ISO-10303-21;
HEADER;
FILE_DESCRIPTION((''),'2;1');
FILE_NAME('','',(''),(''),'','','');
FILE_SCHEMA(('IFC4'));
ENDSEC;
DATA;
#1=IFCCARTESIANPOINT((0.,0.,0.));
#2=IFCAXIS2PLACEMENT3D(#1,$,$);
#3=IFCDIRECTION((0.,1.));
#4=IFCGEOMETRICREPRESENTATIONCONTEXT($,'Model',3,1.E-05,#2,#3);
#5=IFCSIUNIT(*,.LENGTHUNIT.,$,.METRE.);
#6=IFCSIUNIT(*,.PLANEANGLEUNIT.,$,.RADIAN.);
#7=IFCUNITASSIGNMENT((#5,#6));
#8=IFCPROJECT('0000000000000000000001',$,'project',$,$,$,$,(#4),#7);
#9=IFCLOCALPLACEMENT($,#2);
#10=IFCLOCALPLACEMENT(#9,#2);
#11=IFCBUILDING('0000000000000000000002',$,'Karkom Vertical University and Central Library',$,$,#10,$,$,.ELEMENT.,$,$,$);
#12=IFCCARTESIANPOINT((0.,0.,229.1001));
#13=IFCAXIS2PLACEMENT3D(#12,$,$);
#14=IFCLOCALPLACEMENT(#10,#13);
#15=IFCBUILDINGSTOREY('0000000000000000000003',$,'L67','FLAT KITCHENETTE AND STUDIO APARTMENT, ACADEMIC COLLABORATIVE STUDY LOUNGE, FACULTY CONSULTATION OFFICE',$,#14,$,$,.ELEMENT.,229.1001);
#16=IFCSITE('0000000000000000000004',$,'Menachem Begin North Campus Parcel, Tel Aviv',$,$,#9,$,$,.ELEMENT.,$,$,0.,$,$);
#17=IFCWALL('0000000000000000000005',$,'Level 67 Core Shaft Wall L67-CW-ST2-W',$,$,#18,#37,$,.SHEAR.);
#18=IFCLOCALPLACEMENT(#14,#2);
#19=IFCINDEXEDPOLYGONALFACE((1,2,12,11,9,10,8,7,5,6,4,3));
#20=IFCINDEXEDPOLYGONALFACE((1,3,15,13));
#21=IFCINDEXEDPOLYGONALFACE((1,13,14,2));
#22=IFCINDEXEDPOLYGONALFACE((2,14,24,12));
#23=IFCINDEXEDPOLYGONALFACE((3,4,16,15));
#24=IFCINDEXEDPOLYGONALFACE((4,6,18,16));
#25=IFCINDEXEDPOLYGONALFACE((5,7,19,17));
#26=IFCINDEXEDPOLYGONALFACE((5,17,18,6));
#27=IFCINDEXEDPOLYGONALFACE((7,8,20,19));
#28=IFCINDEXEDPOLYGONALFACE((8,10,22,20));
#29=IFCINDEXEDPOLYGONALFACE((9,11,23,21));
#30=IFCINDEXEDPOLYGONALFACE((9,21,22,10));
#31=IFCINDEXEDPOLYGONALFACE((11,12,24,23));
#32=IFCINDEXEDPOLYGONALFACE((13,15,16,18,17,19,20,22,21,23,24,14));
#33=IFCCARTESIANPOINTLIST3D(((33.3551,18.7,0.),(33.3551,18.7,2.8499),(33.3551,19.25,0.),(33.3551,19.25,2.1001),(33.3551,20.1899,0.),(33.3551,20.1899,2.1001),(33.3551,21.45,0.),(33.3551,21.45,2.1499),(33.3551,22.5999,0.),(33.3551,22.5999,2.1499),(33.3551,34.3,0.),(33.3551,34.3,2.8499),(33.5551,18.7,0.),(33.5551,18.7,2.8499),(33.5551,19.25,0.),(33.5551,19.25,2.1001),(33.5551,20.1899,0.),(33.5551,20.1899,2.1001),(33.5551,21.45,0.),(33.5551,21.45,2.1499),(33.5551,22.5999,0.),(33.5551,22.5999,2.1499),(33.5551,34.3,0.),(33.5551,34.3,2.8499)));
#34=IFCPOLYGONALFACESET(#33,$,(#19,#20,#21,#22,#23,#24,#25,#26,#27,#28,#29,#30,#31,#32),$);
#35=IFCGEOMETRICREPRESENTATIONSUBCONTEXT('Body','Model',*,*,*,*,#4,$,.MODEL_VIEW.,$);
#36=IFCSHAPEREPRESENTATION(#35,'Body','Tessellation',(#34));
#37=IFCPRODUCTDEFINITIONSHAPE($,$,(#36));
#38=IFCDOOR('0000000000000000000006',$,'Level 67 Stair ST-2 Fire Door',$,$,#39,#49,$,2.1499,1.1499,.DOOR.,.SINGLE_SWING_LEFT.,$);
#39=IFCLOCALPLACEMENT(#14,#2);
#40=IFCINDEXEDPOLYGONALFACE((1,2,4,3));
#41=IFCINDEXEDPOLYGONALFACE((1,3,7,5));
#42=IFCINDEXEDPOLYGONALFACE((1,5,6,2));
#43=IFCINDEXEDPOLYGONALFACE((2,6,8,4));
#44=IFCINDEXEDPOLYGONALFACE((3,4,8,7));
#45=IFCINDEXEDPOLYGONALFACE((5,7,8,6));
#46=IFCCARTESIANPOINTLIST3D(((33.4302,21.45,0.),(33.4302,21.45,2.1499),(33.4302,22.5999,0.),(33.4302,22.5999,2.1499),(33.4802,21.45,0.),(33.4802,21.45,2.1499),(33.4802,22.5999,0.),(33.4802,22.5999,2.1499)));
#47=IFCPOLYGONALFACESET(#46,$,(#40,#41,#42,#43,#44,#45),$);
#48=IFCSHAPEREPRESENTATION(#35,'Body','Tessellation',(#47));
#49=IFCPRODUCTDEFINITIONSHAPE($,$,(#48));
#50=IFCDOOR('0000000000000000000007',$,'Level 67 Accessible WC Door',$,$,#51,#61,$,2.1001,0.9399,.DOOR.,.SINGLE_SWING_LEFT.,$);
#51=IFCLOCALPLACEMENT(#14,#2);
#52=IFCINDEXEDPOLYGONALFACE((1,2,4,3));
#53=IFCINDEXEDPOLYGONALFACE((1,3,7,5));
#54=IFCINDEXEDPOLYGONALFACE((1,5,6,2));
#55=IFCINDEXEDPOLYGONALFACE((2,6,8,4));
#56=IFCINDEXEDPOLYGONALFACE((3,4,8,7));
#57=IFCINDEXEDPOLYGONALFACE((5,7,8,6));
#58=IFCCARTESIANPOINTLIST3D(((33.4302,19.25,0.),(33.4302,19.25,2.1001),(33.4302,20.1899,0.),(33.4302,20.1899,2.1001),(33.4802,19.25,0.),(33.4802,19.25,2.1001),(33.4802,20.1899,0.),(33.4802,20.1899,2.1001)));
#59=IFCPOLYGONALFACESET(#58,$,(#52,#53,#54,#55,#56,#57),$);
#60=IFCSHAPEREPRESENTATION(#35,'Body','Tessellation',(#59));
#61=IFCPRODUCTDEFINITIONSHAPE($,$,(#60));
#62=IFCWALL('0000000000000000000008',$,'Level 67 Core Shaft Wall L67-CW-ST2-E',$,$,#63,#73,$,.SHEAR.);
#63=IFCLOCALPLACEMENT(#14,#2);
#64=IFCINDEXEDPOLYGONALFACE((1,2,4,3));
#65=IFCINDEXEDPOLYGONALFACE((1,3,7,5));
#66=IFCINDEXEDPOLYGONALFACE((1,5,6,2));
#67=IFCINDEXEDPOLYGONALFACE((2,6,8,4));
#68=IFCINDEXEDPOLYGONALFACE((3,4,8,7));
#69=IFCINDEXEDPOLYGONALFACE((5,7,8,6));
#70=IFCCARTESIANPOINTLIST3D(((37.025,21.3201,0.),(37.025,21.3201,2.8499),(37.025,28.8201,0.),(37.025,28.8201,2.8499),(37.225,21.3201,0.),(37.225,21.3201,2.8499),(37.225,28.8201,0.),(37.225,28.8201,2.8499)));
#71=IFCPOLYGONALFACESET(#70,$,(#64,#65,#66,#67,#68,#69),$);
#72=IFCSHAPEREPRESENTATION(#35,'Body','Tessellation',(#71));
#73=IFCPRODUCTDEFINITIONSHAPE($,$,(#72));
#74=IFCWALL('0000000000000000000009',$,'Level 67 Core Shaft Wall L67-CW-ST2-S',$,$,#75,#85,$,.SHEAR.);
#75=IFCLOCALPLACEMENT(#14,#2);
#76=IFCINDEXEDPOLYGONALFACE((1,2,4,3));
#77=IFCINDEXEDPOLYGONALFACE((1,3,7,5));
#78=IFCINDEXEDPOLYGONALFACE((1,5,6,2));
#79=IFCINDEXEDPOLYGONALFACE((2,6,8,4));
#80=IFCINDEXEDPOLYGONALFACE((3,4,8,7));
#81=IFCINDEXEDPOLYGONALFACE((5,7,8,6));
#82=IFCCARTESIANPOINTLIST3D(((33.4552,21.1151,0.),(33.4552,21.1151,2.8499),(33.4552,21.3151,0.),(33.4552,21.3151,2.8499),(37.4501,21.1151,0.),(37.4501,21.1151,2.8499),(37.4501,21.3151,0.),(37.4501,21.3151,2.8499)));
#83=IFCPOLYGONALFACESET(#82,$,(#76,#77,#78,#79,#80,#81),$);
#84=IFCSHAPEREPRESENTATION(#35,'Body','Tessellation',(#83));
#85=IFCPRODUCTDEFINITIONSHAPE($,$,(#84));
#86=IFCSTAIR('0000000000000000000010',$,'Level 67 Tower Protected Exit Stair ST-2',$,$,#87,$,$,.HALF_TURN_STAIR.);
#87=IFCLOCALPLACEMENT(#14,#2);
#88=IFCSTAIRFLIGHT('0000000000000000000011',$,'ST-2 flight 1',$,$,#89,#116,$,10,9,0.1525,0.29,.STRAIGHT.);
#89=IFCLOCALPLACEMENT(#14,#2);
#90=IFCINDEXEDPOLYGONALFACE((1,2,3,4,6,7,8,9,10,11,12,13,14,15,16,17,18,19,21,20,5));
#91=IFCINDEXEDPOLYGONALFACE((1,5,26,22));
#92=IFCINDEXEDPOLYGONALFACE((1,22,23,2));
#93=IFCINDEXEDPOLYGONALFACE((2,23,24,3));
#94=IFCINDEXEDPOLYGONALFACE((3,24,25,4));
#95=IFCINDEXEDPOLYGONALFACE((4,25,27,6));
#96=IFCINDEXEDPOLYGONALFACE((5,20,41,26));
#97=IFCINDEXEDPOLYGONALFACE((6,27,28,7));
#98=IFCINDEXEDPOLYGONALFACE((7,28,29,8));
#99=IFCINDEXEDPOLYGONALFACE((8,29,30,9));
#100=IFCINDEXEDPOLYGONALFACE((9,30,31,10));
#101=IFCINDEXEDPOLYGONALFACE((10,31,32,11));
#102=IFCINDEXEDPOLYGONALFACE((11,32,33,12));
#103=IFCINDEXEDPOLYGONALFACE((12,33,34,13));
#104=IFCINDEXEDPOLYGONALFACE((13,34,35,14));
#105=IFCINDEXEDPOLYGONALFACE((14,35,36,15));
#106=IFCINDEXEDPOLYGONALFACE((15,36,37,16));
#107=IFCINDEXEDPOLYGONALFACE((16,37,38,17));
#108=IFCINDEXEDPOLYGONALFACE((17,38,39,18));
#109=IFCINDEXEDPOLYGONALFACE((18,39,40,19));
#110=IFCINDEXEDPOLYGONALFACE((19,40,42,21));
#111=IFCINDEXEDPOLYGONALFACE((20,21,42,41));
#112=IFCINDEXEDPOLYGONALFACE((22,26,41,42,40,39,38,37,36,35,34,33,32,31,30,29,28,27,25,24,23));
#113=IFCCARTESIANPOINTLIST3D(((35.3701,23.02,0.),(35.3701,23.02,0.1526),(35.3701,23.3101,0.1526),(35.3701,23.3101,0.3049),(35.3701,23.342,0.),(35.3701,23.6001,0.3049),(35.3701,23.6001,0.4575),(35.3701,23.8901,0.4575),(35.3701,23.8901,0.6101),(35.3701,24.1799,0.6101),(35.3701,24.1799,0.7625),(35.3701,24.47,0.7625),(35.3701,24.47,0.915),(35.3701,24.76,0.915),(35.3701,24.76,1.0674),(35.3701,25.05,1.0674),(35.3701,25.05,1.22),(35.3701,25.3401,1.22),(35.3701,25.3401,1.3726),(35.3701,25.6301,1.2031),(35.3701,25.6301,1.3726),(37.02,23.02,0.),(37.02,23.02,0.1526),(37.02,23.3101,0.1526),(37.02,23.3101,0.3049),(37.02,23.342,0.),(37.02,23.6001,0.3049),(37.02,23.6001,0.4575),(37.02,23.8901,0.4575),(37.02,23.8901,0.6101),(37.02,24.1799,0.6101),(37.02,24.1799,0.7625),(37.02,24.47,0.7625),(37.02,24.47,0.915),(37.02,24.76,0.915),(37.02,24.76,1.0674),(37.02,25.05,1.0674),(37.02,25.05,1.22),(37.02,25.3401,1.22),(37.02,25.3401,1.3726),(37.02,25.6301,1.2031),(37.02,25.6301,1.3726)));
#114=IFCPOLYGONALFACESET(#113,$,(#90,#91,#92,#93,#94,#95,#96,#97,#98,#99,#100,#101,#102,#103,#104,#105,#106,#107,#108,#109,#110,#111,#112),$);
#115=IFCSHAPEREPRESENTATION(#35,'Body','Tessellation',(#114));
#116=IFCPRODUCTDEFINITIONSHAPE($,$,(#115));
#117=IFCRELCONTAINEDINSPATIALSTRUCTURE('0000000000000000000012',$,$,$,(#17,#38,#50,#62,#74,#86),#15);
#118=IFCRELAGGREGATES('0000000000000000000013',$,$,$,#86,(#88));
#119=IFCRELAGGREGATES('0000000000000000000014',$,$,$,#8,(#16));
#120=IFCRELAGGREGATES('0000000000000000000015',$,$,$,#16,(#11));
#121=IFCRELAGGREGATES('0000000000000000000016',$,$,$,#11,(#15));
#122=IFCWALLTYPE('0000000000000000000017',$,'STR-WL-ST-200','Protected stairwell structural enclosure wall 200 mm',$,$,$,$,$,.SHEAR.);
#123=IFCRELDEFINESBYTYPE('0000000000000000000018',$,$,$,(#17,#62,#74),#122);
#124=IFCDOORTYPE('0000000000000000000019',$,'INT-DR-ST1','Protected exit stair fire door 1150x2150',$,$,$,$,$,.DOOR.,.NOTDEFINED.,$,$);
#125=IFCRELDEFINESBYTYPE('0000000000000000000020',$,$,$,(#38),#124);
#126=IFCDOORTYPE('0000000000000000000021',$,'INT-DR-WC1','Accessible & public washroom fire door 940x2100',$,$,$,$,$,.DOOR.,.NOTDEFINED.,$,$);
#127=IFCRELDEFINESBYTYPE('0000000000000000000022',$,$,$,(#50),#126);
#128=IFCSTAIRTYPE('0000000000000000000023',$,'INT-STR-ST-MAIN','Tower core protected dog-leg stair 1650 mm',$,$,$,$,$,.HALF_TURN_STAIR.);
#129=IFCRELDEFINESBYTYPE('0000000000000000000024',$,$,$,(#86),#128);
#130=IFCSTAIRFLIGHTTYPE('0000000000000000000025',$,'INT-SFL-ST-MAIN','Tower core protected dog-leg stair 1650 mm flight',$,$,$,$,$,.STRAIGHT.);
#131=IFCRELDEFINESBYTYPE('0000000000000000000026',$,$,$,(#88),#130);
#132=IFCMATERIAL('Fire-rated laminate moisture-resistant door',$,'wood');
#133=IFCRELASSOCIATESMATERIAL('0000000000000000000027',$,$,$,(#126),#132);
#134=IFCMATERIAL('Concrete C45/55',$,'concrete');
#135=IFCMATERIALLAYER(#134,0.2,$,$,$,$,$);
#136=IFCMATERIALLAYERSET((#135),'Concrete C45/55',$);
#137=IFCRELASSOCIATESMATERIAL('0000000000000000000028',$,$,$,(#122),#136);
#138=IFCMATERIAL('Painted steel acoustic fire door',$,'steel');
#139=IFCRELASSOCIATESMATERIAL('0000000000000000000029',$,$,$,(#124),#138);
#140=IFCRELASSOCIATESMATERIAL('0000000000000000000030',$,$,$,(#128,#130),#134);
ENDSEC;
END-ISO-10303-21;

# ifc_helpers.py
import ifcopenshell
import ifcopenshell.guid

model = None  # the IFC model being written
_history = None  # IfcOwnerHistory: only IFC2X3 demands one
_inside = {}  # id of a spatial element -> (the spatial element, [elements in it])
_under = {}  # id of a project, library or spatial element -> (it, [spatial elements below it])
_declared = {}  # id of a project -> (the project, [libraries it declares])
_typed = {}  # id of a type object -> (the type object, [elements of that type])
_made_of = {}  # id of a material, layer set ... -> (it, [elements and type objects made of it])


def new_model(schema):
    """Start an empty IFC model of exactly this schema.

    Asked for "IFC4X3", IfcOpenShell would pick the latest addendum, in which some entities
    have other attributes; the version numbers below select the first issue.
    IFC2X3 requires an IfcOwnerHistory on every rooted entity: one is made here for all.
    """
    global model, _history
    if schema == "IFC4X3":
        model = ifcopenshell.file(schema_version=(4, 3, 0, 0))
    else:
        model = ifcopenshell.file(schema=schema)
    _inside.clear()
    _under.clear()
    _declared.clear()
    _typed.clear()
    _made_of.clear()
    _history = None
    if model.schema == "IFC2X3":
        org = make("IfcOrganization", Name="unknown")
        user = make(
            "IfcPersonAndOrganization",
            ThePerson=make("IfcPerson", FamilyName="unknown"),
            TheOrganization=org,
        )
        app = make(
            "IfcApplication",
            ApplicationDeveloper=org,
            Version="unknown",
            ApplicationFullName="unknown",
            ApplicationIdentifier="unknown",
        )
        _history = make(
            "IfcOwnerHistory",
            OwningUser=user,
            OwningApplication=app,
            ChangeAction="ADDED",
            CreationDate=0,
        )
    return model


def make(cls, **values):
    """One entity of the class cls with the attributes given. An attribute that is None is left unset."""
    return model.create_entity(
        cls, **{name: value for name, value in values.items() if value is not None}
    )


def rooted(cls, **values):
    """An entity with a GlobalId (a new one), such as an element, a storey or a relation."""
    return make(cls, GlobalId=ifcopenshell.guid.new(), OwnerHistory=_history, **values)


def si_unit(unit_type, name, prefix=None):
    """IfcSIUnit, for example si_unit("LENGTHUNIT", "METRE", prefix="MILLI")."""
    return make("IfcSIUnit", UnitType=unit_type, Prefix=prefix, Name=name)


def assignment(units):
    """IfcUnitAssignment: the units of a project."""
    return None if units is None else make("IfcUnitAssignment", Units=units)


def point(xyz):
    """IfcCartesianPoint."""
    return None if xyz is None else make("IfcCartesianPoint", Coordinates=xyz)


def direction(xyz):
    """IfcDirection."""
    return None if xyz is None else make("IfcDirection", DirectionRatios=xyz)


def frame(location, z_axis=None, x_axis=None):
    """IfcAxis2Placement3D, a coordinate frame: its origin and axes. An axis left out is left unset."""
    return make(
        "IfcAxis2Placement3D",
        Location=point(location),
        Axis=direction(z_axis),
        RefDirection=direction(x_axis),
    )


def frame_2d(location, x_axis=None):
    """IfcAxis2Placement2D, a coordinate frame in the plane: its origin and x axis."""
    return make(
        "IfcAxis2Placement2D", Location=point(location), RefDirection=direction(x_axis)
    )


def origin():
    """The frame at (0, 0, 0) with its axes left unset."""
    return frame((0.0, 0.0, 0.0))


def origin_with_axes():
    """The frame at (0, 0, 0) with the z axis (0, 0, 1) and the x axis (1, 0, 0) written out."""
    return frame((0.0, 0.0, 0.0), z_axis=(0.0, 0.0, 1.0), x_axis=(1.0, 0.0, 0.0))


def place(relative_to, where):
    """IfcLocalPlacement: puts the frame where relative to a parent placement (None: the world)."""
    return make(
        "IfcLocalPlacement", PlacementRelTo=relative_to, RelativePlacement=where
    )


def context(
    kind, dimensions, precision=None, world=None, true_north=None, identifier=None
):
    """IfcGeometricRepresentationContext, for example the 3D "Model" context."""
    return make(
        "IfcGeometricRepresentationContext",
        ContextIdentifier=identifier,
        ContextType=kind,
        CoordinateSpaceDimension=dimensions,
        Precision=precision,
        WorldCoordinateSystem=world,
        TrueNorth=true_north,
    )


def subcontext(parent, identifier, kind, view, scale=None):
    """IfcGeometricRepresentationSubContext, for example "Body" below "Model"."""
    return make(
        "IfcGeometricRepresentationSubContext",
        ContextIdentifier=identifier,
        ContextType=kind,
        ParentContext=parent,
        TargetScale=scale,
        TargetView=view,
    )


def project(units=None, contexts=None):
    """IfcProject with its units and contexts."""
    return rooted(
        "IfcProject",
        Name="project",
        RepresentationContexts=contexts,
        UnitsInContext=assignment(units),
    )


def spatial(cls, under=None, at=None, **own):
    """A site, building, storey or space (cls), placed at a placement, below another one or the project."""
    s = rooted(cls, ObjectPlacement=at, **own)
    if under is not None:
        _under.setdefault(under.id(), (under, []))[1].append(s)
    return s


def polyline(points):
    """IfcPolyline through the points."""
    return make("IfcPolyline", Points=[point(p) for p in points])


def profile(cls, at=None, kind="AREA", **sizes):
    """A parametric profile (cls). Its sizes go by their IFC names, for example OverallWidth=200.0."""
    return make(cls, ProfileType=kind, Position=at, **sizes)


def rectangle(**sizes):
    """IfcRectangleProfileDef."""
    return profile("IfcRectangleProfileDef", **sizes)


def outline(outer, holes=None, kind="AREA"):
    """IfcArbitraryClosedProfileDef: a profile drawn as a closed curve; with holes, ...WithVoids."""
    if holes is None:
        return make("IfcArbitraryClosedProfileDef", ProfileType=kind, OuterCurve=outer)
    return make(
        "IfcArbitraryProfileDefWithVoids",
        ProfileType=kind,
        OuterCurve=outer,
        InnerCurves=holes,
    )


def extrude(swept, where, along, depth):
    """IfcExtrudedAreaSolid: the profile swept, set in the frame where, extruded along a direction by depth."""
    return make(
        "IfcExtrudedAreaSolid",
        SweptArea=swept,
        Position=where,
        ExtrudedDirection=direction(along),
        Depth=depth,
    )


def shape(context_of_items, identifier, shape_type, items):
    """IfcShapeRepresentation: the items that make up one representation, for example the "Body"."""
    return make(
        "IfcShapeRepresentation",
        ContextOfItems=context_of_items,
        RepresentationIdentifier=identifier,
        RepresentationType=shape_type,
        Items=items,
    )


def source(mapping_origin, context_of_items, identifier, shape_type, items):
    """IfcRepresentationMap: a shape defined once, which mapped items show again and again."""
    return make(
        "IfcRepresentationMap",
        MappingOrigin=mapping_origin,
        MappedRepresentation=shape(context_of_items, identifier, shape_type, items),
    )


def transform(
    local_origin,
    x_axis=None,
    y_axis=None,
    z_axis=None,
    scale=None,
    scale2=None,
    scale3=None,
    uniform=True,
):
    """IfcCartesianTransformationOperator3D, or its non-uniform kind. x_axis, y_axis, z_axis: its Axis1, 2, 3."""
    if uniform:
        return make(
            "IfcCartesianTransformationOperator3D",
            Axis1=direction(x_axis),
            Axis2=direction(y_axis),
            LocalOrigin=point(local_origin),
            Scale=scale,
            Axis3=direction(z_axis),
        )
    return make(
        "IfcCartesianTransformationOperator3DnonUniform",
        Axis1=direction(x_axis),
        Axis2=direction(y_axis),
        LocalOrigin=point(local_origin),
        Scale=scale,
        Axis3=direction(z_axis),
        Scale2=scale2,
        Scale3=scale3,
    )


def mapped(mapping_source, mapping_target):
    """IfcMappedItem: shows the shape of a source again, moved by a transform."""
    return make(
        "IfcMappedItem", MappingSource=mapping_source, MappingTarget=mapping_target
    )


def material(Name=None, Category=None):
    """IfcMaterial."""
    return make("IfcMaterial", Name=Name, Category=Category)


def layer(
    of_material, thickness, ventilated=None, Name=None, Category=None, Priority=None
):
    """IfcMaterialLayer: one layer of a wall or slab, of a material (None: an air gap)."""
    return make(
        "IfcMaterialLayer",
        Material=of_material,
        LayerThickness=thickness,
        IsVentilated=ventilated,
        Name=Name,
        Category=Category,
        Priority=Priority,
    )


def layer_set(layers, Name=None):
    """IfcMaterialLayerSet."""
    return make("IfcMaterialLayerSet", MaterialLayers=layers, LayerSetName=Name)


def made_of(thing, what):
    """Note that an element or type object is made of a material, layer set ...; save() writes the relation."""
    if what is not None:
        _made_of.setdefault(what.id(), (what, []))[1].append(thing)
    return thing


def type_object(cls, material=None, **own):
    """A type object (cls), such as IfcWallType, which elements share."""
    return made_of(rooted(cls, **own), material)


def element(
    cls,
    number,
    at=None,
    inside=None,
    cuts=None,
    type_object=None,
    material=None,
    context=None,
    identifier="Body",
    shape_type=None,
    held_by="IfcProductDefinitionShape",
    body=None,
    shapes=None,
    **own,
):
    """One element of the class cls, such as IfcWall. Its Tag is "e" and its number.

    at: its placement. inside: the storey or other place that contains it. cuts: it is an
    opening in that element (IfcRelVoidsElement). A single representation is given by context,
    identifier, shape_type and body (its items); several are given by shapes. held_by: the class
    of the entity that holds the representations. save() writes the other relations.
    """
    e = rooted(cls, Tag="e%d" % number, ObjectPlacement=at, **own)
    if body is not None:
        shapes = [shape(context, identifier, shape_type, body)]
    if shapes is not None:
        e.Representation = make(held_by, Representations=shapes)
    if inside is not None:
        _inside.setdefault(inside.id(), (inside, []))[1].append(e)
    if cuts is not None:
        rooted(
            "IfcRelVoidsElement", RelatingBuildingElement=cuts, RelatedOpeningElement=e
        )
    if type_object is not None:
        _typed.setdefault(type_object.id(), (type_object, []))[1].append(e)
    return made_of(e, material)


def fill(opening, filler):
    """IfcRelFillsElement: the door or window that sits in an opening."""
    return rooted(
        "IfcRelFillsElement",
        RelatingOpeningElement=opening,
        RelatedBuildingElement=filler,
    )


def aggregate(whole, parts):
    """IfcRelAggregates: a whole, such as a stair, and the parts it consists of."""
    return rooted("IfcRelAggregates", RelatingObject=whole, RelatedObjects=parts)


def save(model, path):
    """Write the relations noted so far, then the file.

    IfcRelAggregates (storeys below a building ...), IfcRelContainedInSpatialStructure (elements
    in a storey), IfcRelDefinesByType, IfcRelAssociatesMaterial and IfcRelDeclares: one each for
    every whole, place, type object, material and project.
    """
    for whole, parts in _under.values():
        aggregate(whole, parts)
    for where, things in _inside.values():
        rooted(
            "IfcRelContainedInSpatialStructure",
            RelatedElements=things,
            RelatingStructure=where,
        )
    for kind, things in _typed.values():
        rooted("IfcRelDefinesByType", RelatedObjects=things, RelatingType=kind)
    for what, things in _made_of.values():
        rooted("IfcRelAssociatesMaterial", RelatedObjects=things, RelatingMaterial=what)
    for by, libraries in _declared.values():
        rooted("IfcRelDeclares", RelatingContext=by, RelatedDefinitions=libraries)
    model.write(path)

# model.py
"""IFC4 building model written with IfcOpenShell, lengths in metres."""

from ifc_helpers import new_model, si_unit, direction, frame, frame_2d, origin, origin_with_axes, place, context, subcontext, project, spatial, polyline, rectangle, outline, extrude, source, transform, mapped, material, layer, layer_set, type_object, element, fill, aggregate, save


model = new_model("IFC4")

# Units and contexts
model_context = context("Model", 3, precision=1e-05, world=origin(), true_north=direction((0.0, 1.0)))
body_context = subcontext(model_context, "Body", "Model", "MODEL_VIEW")
ifc_project = project(units=[si_unit("LENGTHUNIT", "METRE"), si_unit("PLANEANGLEUNIT", "RADIAN")], contexts=[model_context])

# Site, building, storey
site_placement = place(None, origin())
site = spatial("IfcSite", under=ifc_project, at=site_placement, Name="Menachem Begin North Campus Parcel, Tel Aviv", CompositionType="ELEMENT", RefElevation=0.0)
building_placement = place(site_placement, origin())
building = spatial("IfcBuilding", under=site, at=building_placement, Name="Karkom Vertical University and Central Library", CompositionType="ELEMENT")
storey_placement = place(building_placement, frame((0.0, 0.0, 229.1001)))
storey = spatial("IfcBuildingStorey", under=building, at=storey_placement, Name="L67", Description="FLAT KITCHENETTE AND STUDIO APARTMENT, ACADEMIC COLLABORATIVE STUDY LOUNGE, FACULTY CONSULTATION OFFICE", CompositionType="ELEMENT", Elevation=229.1001)

# Shared definitions
ifc_material_1 = material(Name="Concrete C45/55", Category="concrete")

# Shared definitions
ifc_material_2 = material(Name="Fire-rated laminate moisture-resistant door", Category="wood")
door_type_1 = type_object("IfcDoorType", Name="INT-DR-WC1", Description="Accessible & public washroom fire door 940x2100", OperationType="NOTDEFINED", PredefinedType="DOOR", material=ifc_material_2)
shared_shape_1 = source(origin_with_axes(), body_context, "Body", "SweptSolid", [
    extrude(rectangle(XDim=0.9399, YDim=2.1001, at=frame_2d((0.47, 1.05))), frame((0.0, 0.0249, 0.0), z_axis=(0.0, -1.0, 0.0), x_axis=(1.0, 0.0, 0.0)), (0.0, 0.0, 1.0), 0.05),
])

# Wall, openings, doors
ifc_layer_1 = layer(ifc_material_1, 0.2)
ifc_layer_set_1 = layer_set([ifc_layer_1], Name="Concrete C45/55")
wall_type_1 = type_object("IfcWallType", Name="STR-WL-ST-200", Description="Protected stairwell structural enclosure wall 200 mm", PredefinedType="SHEAR", material=ifc_layer_set_1)
wall_1_placement = place(storey_placement, frame((33.4551, 18.7, 0.0), z_axis=(0.0, 0.0, 1.0), x_axis=(0.0, 1.0, 0.0)))
wall_1 = element("IfcWall", 1, at=wall_1_placement, inside=storey, type_object=wall_type_1, Name="Level 67 Core Shaft Wall L67-CW-ST2-W", PredefinedType="SHEAR", context=body_context, shape_type="SweptSolid", body=[
    extrude(rectangle(XDim=15.6001, YDim=0.2, at=frame_2d((7.8, 0.0))), origin(), (0.0, 0.0, 1.0), 2.8499),
])
opening_1_placement = place(wall_1_placement, frame((2.75, 0.0, 0.0)))
opening_1 = element("IfcOpeningElement", 2, at=opening_1_placement, cuts=wall_1, PredefinedType="OPENING", context=body_context, shape_type="SweptSolid", body=[
    extrude(rectangle(XDim=1.1499, YDim=2.1499, at=frame_2d((0.575, 1.075))), frame((0.0, 0.1099, 0.0), z_axis=(0.0, -1.0, 0.0), x_axis=(1.0, 0.0, 0.0)), (0.0, 0.0, 1.0), 0.22),
])
opening_2_placement = place(wall_1_placement, frame((0.55, 0.0, 0.0)))
opening_2 = element("IfcOpeningElement", 3, at=opening_2_placement, cuts=wall_1, PredefinedType="OPENING", context=body_context, shape_type="SweptSolid", body=[
    extrude(rectangle(XDim=0.9399, YDim=2.1001, at=frame_2d((0.47, 1.05))), frame((0.0, 0.1099, 0.0), z_axis=(0.0, -1.0, 0.0), x_axis=(1.0, 0.0, 0.0)), (0.0, 0.0, 1.0), 0.22),
])
ifc_material_3 = material(Name="Painted steel acoustic fire door", Category="steel")
door_type_2 = type_object("IfcDoorType", Name="INT-DR-ST1", Description="Protected exit stair fire door 1150x2150", OperationType="NOTDEFINED", PredefinedType="DOOR", material=ifc_material_3)
shared_shape_2 = source(origin_with_axes(), body_context, "Body", "SweptSolid", [
    extrude(rectangle(XDim=1.1499, YDim=2.1499, at=frame_2d((0.575, 1.075))), frame((0.0, 0.0249, 0.0), z_axis=(0.0, -1.0, 0.0), x_axis=(1.0, 0.0, 0.0)), (0.0, 0.0, 1.0), 0.05),
])
door_1_placement = place(opening_1_placement, origin())
door_1 = element("IfcDoor", 4, at=door_1_placement, inside=storey, type_object=door_type_2, Name="Level 67 Stair ST-2 Fire Door", OperationType="SINGLE_SWING_LEFT", OverallHeight=2.1499, OverallWidth=1.1499, PredefinedType="DOOR", context=body_context, shape_type="MappedRepresentation", body=[
    mapped(shared_shape_2, transform((0.0, 0.0, 0.0), scale=1.0)),
])
fill(opening_1, door_1)
door_2_placement = place(opening_2_placement, origin())
door_2 = element("IfcDoor", 5, at=door_2_placement, inside=storey, type_object=door_type_1, Name="Level 67 Accessible WC Door", OperationType="SINGLE_SWING_LEFT", OverallHeight=2.1001, OverallWidth=0.9399, PredefinedType="DOOR", context=body_context, shape_type="MappedRepresentation", body=[
    mapped(shared_shape_1, transform((0.0, 0.0, 0.0), scale=1.0)),
])
fill(opening_2, door_2)

# Walls
wall_2_placement = place(storey_placement, frame((37.125, 21.3201, 0.0), z_axis=(0.0, 0.0, 1.0), x_axis=(0.0, 1.0, 0.0)))
element("IfcWall", 6, at=wall_2_placement, inside=storey, type_object=wall_type_1, Name="Level 67 Core Shaft Wall L67-CW-ST2-E", PredefinedType="SHEAR", context=body_context, shape_type="SweptSolid", body=[
    extrude(rectangle(XDim=7.5, YDim=0.2, at=frame_2d((3.75, 0.0))), origin(), (0.0, 0.0, 1.0), 2.8499),
])
wall_3_placement = place(storey_placement, frame((33.4551, 21.2151, 0.0), z_axis=(0.0, 0.0, 1.0), x_axis=(1.0, 0.0, 0.0)))
element("IfcWall", 7, at=wall_3_placement, inside=storey, type_object=wall_type_1, Name="Level 67 Core Shaft Wall L67-CW-ST2-S", PredefinedType="SHEAR", context=body_context, shape_type="SweptSolid", body=[
    extrude(rectangle(XDim=3.9949, YDim=0.2, at=frame_2d((1.9976, 0.0))), origin(), (0.0, 0.0, 1.0), 2.8499),
])

# Stair, stair flight
stair_type = type_object("IfcStairType", Name="INT-STR-ST-MAIN", Description="Tower core protected dog-leg stair 1650 mm", PredefinedType="HALF_TURN_STAIR", material=ifc_material_1)
stair_placement = place(storey_placement, origin())
stair = element("IfcStair", 8, at=stair_placement, inside=storey, type_object=stair_type, Name="Level 67 Tower Protected Exit Stair ST-2", PredefinedType="HALF_TURN_STAIR")
stair_flight_type = type_object("IfcStairFlightType", Name="INT-SFL-ST-MAIN", Description="Tower core protected dog-leg stair 1650 mm flight", PredefinedType="STRAIGHT", material=ifc_material_1)
stair_flight_placement = place(storey_placement, frame((36.1951, 23.02, 0.0), z_axis=(0.0, 0.0, 1.0), x_axis=(0.0, 1.0, 0.0)))
stair_flight = element("IfcStairFlight", 9, at=stair_flight_placement, type_object=stair_flight_type, Name="ST-2 flight 1", NumberOfRisers=10, NumberOfTreads=9, PredefinedType="STRAIGHT", RiserHeight=0.1525, TreadLength=0.29, context=body_context, shape_type="SweptSolid", body=[
    extrude(outline(polyline([(0.0, 0.0), (0.0, 0.1526), (0.29, 0.1526), (0.29, 0.3049), (0.5801, 0.3049), (0.5801, 0.4575), (0.8701, 0.4575), (0.8701, 0.6101), (1.1599, 0.6101), (1.1599, 0.7625), (1.45, 0.7625), (1.45, 0.915), (1.74, 0.915), (1.74, 1.0674), (2.03, 1.0674), (2.03, 1.22), (2.3201, 1.22), (2.3201, 1.3726), (2.6101, 1.3726), (2.6101, 1.5249), (2.6101, 1.2031), (0.322, 0.0), (0.0, 0.0)])), frame((0.0, 0.825, 0.0), z_axis=(0.0, -1.0, 0.0), x_axis=(1.0, 0.0, 0.0)), (0.0, 0.0, 1.0), 1.6499),
])
aggregate(stair, [stair_flight])

save(model, "model.ifc")
